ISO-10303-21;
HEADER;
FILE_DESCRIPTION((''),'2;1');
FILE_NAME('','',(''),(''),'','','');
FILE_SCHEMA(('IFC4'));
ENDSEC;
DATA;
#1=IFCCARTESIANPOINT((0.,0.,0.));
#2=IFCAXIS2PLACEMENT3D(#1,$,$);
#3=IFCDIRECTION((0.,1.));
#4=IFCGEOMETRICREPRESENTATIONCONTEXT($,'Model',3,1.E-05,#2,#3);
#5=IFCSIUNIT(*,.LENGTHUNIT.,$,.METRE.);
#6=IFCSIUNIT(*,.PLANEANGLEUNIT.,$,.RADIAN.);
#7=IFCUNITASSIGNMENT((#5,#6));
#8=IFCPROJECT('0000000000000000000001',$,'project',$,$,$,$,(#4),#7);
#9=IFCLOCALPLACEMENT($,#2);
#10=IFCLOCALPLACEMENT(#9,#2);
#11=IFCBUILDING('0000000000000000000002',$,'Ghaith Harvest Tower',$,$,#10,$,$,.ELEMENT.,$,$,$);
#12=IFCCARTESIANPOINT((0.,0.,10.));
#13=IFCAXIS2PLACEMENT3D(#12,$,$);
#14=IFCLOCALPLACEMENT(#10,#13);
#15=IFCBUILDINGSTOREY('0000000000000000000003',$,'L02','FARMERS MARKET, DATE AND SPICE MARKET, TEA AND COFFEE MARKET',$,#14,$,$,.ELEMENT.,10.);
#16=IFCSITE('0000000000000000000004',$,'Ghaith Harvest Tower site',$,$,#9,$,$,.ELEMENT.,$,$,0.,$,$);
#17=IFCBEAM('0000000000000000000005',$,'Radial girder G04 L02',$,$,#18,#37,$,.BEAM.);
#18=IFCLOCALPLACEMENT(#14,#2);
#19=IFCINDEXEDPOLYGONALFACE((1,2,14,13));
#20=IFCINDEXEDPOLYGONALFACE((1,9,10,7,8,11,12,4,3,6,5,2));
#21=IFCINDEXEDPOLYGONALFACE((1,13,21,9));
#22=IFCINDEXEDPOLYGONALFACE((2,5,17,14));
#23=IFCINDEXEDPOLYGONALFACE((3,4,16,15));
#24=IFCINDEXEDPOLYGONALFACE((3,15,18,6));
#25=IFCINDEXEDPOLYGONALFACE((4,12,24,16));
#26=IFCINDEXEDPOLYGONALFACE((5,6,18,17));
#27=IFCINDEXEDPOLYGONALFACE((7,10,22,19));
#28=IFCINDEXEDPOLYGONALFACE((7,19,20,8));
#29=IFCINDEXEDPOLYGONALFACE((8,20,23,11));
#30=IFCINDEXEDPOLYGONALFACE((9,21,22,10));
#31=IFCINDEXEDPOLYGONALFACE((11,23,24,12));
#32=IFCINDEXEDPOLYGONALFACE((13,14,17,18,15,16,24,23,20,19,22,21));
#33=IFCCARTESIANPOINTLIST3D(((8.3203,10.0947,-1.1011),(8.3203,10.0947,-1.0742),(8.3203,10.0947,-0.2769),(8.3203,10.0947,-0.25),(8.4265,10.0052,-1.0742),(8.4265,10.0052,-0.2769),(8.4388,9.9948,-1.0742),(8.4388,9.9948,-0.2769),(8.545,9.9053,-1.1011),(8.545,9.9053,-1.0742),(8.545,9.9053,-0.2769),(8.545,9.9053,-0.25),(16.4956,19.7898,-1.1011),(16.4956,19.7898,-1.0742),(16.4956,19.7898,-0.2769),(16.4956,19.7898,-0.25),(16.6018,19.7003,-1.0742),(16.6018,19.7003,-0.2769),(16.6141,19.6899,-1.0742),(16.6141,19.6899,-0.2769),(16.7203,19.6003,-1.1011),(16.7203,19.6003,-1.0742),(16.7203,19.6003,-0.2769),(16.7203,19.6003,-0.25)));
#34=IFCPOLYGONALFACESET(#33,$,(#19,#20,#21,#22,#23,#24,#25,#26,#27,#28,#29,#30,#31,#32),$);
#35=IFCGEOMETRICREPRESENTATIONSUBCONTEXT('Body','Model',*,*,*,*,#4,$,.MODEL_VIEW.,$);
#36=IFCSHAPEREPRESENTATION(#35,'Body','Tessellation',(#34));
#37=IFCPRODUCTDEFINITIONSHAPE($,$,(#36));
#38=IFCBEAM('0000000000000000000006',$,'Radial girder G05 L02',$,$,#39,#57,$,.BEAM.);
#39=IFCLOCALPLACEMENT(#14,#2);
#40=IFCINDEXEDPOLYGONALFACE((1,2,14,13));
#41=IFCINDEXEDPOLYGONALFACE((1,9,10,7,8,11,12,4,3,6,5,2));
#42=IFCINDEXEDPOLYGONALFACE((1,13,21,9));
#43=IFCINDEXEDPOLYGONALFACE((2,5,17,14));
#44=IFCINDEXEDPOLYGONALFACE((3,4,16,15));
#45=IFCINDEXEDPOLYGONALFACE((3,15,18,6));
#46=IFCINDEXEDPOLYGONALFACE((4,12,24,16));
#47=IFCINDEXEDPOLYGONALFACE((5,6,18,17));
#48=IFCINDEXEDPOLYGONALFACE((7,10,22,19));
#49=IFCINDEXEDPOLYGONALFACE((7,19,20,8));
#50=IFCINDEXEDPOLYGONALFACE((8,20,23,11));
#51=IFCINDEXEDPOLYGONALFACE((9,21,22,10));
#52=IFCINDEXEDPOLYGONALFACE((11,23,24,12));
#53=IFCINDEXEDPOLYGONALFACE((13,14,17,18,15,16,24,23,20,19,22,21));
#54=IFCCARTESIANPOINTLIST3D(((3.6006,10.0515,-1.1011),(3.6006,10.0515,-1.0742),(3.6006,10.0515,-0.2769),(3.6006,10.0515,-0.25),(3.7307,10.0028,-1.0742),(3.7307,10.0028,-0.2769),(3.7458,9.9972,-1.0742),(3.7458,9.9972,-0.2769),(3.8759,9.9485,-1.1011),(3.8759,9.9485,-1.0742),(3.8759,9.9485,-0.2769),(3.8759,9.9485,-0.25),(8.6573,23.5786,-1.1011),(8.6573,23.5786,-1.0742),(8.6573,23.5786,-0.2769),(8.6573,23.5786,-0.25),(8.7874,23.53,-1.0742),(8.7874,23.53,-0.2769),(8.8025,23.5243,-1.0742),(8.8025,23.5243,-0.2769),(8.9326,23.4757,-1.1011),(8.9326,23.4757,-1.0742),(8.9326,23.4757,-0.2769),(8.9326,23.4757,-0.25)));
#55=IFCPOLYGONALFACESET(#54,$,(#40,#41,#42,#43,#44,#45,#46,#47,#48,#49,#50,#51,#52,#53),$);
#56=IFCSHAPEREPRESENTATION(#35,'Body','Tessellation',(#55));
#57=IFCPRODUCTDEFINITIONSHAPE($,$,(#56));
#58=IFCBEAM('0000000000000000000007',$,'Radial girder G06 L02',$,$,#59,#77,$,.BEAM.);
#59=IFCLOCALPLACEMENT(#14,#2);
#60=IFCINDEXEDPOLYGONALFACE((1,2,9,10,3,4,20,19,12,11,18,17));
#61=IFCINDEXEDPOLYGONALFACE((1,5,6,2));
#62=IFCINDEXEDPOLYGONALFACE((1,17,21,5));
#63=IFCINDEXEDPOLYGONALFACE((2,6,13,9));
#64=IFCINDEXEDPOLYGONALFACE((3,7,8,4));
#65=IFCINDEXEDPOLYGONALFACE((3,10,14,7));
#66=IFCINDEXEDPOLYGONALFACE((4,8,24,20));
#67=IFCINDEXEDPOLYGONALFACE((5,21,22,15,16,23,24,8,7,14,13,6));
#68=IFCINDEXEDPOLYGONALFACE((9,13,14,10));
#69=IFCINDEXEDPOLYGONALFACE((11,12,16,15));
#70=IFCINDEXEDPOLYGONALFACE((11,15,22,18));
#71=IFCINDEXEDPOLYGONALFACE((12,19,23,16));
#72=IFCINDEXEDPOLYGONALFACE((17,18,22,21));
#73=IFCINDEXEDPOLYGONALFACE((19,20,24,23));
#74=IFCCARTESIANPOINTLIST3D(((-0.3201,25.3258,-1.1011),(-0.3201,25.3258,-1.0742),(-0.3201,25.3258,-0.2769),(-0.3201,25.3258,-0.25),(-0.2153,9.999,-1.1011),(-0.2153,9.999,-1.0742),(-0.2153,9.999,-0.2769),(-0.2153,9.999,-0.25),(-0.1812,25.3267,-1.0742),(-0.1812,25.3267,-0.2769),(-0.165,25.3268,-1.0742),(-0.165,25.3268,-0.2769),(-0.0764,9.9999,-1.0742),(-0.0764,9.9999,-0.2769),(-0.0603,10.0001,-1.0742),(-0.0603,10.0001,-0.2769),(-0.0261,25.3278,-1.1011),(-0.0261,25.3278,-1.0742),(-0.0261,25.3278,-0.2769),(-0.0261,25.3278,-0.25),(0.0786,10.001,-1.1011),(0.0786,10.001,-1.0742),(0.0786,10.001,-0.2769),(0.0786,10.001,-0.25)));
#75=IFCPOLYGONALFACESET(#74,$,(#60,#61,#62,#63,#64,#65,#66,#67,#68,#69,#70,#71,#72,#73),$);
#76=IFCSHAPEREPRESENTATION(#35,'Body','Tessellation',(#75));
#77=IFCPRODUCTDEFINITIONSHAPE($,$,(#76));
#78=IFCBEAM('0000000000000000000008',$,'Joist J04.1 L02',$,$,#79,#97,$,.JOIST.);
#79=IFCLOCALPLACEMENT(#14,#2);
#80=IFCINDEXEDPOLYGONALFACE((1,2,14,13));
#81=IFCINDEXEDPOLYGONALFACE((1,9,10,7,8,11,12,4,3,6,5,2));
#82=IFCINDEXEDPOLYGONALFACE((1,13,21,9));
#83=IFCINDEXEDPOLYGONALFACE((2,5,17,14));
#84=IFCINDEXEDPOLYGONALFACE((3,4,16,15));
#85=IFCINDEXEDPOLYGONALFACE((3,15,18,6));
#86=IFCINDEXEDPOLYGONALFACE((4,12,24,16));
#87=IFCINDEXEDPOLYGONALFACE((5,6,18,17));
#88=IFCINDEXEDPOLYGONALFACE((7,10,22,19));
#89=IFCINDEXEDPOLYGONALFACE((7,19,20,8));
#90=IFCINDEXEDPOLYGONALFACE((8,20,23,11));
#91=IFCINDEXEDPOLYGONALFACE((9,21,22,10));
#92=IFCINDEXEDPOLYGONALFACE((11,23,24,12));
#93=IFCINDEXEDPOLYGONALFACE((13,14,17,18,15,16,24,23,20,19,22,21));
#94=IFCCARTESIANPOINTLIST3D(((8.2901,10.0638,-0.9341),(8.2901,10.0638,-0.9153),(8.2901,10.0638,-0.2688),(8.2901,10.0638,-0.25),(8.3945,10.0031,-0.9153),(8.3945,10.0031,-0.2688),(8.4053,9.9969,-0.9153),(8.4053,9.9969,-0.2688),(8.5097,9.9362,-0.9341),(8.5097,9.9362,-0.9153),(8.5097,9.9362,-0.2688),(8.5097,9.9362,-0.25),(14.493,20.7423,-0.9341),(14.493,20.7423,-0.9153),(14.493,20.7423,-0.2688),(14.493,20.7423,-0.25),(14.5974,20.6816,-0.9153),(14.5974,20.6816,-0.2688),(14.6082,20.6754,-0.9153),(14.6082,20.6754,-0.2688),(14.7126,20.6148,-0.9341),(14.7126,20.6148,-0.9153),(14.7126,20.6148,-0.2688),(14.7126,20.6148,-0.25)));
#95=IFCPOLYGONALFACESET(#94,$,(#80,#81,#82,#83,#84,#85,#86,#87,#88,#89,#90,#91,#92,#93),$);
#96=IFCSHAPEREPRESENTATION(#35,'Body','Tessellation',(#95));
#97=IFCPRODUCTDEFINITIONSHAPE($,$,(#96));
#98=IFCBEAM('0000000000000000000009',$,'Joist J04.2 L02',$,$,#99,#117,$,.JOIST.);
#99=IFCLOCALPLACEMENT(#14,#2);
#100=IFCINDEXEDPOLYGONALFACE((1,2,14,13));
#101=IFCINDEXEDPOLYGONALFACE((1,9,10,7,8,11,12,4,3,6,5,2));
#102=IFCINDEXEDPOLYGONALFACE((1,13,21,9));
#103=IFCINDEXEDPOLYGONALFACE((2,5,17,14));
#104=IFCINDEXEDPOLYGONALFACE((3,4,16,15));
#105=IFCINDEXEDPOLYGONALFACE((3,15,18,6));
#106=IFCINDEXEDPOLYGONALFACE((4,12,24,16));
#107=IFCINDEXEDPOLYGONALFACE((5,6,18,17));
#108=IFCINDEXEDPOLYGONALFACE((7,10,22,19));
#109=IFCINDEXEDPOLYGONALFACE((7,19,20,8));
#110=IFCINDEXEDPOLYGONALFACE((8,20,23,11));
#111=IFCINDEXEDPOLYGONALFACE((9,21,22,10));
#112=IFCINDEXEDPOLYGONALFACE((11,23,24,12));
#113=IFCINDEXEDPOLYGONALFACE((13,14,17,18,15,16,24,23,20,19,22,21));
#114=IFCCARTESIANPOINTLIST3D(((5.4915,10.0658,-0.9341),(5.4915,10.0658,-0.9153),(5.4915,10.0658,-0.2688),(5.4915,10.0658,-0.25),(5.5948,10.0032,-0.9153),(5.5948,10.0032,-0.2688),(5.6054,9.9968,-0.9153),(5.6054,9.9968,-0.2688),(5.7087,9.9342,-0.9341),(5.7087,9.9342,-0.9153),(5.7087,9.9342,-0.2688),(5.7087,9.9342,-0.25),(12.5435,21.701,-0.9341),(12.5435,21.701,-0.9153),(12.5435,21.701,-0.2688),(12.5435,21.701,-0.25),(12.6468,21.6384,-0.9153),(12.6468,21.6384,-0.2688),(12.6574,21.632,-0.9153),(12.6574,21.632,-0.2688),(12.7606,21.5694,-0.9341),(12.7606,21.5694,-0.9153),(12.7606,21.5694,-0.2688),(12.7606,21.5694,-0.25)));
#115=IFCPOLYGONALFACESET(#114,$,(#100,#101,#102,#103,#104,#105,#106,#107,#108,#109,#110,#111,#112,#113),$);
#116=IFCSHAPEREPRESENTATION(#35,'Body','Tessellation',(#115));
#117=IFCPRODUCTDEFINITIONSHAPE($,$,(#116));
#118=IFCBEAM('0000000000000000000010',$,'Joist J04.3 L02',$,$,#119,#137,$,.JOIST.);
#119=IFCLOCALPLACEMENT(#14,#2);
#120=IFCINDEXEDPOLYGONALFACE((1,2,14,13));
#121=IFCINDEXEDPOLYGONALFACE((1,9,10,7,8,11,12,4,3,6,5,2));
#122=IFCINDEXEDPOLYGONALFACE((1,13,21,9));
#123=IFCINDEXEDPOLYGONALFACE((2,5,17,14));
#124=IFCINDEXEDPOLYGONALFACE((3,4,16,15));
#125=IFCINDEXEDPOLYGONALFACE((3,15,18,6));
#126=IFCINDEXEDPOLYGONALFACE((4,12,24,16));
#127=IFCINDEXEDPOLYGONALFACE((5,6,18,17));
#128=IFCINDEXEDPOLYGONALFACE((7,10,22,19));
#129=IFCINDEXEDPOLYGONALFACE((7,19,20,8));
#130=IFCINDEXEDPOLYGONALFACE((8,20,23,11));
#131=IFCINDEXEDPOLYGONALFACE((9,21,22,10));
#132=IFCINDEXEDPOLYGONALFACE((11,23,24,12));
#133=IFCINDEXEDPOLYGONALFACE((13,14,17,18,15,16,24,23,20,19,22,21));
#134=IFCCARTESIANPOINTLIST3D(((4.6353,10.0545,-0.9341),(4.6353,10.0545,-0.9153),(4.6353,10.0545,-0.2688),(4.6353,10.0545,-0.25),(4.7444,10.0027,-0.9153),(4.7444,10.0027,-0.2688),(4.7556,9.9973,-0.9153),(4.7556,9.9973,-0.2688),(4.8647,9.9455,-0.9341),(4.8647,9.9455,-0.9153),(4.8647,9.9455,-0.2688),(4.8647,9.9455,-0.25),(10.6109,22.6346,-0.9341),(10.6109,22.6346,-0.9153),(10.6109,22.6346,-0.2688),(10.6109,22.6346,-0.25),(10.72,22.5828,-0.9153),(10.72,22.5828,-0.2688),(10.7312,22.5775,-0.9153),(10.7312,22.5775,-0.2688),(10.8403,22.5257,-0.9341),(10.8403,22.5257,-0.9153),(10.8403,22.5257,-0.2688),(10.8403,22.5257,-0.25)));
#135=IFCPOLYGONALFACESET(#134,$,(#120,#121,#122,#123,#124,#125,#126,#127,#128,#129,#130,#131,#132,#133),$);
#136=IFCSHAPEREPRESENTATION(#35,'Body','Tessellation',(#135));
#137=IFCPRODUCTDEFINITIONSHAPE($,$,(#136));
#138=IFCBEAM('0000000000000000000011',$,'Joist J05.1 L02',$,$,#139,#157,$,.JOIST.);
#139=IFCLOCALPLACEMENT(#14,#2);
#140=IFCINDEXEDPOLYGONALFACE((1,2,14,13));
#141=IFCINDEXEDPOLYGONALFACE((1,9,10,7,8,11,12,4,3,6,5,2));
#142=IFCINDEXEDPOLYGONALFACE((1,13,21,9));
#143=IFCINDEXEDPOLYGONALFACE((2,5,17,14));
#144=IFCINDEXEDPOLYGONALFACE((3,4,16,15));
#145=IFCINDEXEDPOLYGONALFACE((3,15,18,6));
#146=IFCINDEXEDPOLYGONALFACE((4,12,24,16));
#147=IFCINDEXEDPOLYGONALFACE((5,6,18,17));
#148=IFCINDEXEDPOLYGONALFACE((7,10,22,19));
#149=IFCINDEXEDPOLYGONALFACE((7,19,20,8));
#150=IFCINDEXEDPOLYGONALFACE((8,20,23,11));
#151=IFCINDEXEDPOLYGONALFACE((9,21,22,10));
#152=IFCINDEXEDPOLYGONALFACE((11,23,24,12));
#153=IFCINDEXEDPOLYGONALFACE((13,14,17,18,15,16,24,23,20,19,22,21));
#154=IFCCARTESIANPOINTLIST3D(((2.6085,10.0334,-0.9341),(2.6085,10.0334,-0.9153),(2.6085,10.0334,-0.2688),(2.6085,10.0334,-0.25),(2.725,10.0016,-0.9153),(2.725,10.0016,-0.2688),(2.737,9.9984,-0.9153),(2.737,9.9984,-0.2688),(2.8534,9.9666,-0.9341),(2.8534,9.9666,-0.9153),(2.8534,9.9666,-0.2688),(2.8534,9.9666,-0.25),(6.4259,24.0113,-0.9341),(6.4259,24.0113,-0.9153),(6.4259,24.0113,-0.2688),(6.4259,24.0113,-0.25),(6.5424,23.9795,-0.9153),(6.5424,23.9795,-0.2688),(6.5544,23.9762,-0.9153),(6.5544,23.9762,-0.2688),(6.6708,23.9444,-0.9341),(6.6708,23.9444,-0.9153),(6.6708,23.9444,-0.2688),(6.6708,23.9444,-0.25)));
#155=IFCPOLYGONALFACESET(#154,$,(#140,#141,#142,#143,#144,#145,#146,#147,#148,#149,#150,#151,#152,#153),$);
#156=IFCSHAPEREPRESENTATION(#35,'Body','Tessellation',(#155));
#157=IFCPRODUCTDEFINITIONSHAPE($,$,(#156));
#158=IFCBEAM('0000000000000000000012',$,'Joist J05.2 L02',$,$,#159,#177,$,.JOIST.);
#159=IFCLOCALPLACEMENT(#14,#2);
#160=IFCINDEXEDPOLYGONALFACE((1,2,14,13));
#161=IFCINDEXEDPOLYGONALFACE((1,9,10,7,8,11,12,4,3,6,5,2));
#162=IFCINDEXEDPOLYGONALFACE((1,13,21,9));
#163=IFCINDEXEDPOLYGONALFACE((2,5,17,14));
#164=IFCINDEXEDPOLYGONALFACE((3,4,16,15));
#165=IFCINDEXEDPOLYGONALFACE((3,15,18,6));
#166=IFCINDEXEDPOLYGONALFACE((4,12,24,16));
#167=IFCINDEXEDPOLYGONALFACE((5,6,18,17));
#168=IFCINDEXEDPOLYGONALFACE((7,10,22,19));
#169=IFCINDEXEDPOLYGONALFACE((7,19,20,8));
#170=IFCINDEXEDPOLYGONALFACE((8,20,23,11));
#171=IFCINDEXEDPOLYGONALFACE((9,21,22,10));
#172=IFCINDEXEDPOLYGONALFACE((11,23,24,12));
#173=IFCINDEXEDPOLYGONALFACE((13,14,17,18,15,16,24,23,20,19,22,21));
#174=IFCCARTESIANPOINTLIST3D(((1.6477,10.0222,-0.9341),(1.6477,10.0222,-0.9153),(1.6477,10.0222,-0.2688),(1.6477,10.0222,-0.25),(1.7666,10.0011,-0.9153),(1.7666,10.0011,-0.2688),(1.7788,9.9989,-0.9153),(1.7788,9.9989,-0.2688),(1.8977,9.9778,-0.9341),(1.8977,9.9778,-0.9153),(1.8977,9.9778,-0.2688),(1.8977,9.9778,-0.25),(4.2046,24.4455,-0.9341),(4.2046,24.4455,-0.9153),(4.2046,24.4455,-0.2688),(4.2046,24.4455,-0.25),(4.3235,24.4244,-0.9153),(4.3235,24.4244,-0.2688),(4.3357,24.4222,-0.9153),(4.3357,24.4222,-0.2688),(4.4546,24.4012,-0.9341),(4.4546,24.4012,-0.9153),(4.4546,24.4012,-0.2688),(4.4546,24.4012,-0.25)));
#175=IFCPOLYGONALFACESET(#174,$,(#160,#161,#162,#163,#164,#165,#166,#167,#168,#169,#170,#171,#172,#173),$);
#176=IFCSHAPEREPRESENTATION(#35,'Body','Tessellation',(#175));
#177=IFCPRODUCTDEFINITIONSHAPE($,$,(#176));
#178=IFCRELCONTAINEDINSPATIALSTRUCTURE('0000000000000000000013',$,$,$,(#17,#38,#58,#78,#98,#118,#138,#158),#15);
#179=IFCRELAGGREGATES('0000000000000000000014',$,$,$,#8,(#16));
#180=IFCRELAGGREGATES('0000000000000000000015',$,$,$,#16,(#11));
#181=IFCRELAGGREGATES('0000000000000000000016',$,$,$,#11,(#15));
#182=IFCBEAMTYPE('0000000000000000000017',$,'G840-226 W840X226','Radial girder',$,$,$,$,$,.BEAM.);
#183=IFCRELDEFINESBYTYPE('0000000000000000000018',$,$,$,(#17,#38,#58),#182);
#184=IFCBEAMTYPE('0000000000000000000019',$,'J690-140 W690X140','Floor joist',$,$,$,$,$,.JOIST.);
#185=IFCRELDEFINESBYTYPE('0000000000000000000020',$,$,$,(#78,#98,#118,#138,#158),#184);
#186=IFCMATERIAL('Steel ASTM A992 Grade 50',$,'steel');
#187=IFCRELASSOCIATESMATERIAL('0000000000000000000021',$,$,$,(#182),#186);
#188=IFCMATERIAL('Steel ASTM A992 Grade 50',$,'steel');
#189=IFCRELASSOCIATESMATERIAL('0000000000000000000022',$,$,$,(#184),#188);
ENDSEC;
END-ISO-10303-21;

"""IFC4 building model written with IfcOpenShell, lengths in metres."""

from ifc_helpers import new_model, si_unit, direction, frame, origin, origin_2d, place, context, subcontext, project, spatial, i_section, extrude, material, material_profile, profile_set, type_object, element, save


model = new_model("IFC4")

# Units and contexts
model_context = context("Model", 3, precision=1e-05, world=origin(), true_north=direction((0.0, 1.0)))
body_context = subcontext(model_context, "Body", "Model", "MODEL_VIEW")
ifc_project = project(units=[si_unit("LENGTHUNIT", "METRE"), si_unit("PLANEANGLEUNIT", "RADIAN")], contexts=[model_context])

# Site, building, storey
site_placement = place(None, origin())
site = spatial("IfcSite", under=ifc_project, at=site_placement, Name="Ghaith Harvest Tower site", CompositionType="ELEMENT", RefElevation=0.0)
building_placement = place(site_placement, origin())
building = spatial("IfcBuilding", under=site, at=building_placement, Name="Ghaith Harvest Tower", CompositionType="ELEMENT")
storey_placement = place(building_placement, frame((0.0, 0.0, 10.0)))
storey = spatial("IfcBuildingStorey", under=building, at=storey_placement, Name="L02", Description="FARMERS MARKET, DATE AND SPICE MARKET, TEA AND COFFEE MARKET", CompositionType="ELEMENT", Elevation=10.0)

# Beams
ifc_material_1 = material(Name="Steel ASTM A992 Grade 50", Category="steel")
ifc_material_profile_1 = material_profile(ifc_material_1, i_section(OverallWidth=0.2939, OverallDepth=0.8511, WebThickness=0.0161, FlangeThickness=0.0269, at=origin_2d()), Name="W840X226")
ifc_profile_set_1 = profile_set([ifc_material_profile_1], Name="Steel ASTM A992 Grade 50")
beam_type_1 = type_object("IfcBeamType", Name="G840-226 W840X226", Description="Radial girder", PredefinedType="BEAM", material=ifc_profile_set_1)
beam_1_placement = place(storey_placement, frame((8.4326, 10.0, -0.6755), z_axis=(0.644644, 0.764483, 0.0), x_axis=(-0.764483, 0.644644, 0.0)))
element("IfcBeam", 1, at=beam_1_placement, inside=storey, type_object=beam_type_1, Name="Radial girder G04 L02", PredefinedType="BEAM", context=body_context, shape_type="SweptSolid", body=[
    extrude(i_section(OverallWidth=0.2939, OverallDepth=0.8511, WebThickness=0.0161, FlangeThickness=0.0269, at=origin_2d()), origin(), (0.0, 0.0, 1.0), 12.6819),
])
beam_2_placement = place(storey_placement, frame((3.7383, 10.0, -0.6755), z_axis=(0.350151, 0.936693, 0.0), x_axis=(-0.936693, 0.350151, 0.0)))
element("IfcBeam", 2, at=beam_2_placement, inside=storey, type_object=beam_type_1, Name="Radial girder G05 L02", PredefinedType="BEAM", context=body_context, shape_type="SweptSolid", body=[
    extrude(i_section(OverallWidth=0.2939, OverallDepth=0.8511, WebThickness=0.0161, FlangeThickness=0.0269, at=origin_2d()), origin(), (0.0, 0.0, 1.0), 14.4414),
])
beam_3_placement = place(storey_placement, frame((-0.0684, 10.0, -0.6755), z_axis=(-0.006833, 0.999977, 0.0), x_axis=(-0.999977, -0.006833, 0.0)))
element("IfcBeam", 3, at=beam_3_placement, inside=storey, type_object=beam_type_1, Name="Radial girder G06 L02", PredefinedType="BEAM", context=body_context, shape_type="SweptSolid", body=[
    extrude(i_section(OverallWidth=0.2939, OverallDepth=0.8511, WebThickness=0.0161, FlangeThickness=0.0269, at=origin_2d()), origin(), (0.0, 0.0, 1.0), 15.3271),
])
ifc_material_2 = material(Name="Steel ASTM A992 Grade 50", Category="steel")
ifc_material_profile_2 = material_profile(ifc_material_2, i_section(OverallWidth=0.2539, OverallDepth=0.6841, WebThickness=0.0125, FlangeThickness=0.0188, at=origin_2d()), Name="W690X140")
ifc_profile_set_2 = profile_set([ifc_material_profile_2], Name="Steel ASTM A992 Grade 50")
beam_type_2 = type_object("IfcBeamType", Name="J690-140 W690X140", Description="Floor joist", PredefinedType="JOIST", material=ifc_profile_set_2)
beam_4_placement = place(storey_placement, frame((8.3999, 10.0, -0.592), z_axis=(0.502286, 0.864702, 0.0), x_axis=(-0.864702, 0.502286, 0.0)))
element("IfcBeam", 4, at=beam_4_placement, inside=storey, type_object=beam_type_2, Name="Joist J04.1 L02", PredefinedType="JOIST", context=body_context, shape_type="SweptSolid", body=[
    extrude(i_section(OverallWidth=0.2539, OverallDepth=0.6841, WebThickness=0.0125, FlangeThickness=0.0188, at=origin_2d()), origin(), (0.0, 0.0, 1.0), 12.3494),
])
beam_5_placement = place(storey_placement, frame((5.6001, 10.0, -0.592), z_axis=(0.51832, 0.855187, 0.0), x_axis=(-0.855187, 0.51832, 0.0)))
element("IfcBeam", 5, at=beam_5_placement, inside=storey, type_object=beam_type_2, Name="Joist J04.2 L02", PredefinedType="JOIST", context=body_context, shape_type="SweptSolid", body=[
    extrude(i_section(OverallWidth=0.2539, OverallDepth=0.6841, WebThickness=0.0125, FlangeThickness=0.0188, at=origin_2d()), origin(), (0.0, 0.0, 1.0), 13.6055),
])
beam_6_placement = place(storey_placement, frame((4.75, 10.0, -0.592), z_axis=(0.42906, 0.903276, 0.0), x_axis=(-0.903276, 0.42906, 0.0)))
element("IfcBeam", 6, at=beam_6_placement, inside=storey, type_object=beam_type_2, Name="Joist J04.3 L02", PredefinedType="JOIST", context=body_context, shape_type="SweptSolid", body=[
    extrude(i_section(OverallWidth=0.2539, OverallDepth=0.6841, WebThickness=0.0125, FlangeThickness=0.0188, at=origin_2d()), origin(), (0.0, 0.0, 1.0), 13.9272),
])
beam_7_placement = place(storey_placement, frame((2.731, 10.0, -0.592), z_axis=(0.263455, 0.964672, 0.0), x_axis=(-0.964672, 0.263455, 0.0)))
element("IfcBeam", 7, at=beam_7_placement, inside=storey, type_object=beam_type_2, Name="Joist J05.1 L02", PredefinedType="JOIST", context=body_context, shape_type="SweptSolid", body=[
    extrude(i_section(OverallWidth=0.2539, OverallDepth=0.6841, WebThickness=0.0125, FlangeThickness=0.0188, at=origin_2d()), origin(), (0.0, 0.0, 1.0), 14.4897),
])
beam_8_placement = place(storey_placement, frame((1.7727, 10.0, -0.592), z_axis=(0.174553, 0.984648, 0.0), x_axis=(-0.984648, 0.174553, 0.0)))
element("IfcBeam", 8, at=beam_8_placement, inside=storey, type_object=beam_type_2, Name="Joist J05.2 L02", PredefinedType="JOIST", context=body_context, shape_type="SweptSolid", body=[
    extrude(i_section(OverallWidth=0.2539, OverallDepth=0.6841, WebThickness=0.0125, FlangeThickness=0.0188, at=origin_2d()), origin(), (0.0, 0.0, 1.0), 14.6482),
])

save(model, "model.ifc")
